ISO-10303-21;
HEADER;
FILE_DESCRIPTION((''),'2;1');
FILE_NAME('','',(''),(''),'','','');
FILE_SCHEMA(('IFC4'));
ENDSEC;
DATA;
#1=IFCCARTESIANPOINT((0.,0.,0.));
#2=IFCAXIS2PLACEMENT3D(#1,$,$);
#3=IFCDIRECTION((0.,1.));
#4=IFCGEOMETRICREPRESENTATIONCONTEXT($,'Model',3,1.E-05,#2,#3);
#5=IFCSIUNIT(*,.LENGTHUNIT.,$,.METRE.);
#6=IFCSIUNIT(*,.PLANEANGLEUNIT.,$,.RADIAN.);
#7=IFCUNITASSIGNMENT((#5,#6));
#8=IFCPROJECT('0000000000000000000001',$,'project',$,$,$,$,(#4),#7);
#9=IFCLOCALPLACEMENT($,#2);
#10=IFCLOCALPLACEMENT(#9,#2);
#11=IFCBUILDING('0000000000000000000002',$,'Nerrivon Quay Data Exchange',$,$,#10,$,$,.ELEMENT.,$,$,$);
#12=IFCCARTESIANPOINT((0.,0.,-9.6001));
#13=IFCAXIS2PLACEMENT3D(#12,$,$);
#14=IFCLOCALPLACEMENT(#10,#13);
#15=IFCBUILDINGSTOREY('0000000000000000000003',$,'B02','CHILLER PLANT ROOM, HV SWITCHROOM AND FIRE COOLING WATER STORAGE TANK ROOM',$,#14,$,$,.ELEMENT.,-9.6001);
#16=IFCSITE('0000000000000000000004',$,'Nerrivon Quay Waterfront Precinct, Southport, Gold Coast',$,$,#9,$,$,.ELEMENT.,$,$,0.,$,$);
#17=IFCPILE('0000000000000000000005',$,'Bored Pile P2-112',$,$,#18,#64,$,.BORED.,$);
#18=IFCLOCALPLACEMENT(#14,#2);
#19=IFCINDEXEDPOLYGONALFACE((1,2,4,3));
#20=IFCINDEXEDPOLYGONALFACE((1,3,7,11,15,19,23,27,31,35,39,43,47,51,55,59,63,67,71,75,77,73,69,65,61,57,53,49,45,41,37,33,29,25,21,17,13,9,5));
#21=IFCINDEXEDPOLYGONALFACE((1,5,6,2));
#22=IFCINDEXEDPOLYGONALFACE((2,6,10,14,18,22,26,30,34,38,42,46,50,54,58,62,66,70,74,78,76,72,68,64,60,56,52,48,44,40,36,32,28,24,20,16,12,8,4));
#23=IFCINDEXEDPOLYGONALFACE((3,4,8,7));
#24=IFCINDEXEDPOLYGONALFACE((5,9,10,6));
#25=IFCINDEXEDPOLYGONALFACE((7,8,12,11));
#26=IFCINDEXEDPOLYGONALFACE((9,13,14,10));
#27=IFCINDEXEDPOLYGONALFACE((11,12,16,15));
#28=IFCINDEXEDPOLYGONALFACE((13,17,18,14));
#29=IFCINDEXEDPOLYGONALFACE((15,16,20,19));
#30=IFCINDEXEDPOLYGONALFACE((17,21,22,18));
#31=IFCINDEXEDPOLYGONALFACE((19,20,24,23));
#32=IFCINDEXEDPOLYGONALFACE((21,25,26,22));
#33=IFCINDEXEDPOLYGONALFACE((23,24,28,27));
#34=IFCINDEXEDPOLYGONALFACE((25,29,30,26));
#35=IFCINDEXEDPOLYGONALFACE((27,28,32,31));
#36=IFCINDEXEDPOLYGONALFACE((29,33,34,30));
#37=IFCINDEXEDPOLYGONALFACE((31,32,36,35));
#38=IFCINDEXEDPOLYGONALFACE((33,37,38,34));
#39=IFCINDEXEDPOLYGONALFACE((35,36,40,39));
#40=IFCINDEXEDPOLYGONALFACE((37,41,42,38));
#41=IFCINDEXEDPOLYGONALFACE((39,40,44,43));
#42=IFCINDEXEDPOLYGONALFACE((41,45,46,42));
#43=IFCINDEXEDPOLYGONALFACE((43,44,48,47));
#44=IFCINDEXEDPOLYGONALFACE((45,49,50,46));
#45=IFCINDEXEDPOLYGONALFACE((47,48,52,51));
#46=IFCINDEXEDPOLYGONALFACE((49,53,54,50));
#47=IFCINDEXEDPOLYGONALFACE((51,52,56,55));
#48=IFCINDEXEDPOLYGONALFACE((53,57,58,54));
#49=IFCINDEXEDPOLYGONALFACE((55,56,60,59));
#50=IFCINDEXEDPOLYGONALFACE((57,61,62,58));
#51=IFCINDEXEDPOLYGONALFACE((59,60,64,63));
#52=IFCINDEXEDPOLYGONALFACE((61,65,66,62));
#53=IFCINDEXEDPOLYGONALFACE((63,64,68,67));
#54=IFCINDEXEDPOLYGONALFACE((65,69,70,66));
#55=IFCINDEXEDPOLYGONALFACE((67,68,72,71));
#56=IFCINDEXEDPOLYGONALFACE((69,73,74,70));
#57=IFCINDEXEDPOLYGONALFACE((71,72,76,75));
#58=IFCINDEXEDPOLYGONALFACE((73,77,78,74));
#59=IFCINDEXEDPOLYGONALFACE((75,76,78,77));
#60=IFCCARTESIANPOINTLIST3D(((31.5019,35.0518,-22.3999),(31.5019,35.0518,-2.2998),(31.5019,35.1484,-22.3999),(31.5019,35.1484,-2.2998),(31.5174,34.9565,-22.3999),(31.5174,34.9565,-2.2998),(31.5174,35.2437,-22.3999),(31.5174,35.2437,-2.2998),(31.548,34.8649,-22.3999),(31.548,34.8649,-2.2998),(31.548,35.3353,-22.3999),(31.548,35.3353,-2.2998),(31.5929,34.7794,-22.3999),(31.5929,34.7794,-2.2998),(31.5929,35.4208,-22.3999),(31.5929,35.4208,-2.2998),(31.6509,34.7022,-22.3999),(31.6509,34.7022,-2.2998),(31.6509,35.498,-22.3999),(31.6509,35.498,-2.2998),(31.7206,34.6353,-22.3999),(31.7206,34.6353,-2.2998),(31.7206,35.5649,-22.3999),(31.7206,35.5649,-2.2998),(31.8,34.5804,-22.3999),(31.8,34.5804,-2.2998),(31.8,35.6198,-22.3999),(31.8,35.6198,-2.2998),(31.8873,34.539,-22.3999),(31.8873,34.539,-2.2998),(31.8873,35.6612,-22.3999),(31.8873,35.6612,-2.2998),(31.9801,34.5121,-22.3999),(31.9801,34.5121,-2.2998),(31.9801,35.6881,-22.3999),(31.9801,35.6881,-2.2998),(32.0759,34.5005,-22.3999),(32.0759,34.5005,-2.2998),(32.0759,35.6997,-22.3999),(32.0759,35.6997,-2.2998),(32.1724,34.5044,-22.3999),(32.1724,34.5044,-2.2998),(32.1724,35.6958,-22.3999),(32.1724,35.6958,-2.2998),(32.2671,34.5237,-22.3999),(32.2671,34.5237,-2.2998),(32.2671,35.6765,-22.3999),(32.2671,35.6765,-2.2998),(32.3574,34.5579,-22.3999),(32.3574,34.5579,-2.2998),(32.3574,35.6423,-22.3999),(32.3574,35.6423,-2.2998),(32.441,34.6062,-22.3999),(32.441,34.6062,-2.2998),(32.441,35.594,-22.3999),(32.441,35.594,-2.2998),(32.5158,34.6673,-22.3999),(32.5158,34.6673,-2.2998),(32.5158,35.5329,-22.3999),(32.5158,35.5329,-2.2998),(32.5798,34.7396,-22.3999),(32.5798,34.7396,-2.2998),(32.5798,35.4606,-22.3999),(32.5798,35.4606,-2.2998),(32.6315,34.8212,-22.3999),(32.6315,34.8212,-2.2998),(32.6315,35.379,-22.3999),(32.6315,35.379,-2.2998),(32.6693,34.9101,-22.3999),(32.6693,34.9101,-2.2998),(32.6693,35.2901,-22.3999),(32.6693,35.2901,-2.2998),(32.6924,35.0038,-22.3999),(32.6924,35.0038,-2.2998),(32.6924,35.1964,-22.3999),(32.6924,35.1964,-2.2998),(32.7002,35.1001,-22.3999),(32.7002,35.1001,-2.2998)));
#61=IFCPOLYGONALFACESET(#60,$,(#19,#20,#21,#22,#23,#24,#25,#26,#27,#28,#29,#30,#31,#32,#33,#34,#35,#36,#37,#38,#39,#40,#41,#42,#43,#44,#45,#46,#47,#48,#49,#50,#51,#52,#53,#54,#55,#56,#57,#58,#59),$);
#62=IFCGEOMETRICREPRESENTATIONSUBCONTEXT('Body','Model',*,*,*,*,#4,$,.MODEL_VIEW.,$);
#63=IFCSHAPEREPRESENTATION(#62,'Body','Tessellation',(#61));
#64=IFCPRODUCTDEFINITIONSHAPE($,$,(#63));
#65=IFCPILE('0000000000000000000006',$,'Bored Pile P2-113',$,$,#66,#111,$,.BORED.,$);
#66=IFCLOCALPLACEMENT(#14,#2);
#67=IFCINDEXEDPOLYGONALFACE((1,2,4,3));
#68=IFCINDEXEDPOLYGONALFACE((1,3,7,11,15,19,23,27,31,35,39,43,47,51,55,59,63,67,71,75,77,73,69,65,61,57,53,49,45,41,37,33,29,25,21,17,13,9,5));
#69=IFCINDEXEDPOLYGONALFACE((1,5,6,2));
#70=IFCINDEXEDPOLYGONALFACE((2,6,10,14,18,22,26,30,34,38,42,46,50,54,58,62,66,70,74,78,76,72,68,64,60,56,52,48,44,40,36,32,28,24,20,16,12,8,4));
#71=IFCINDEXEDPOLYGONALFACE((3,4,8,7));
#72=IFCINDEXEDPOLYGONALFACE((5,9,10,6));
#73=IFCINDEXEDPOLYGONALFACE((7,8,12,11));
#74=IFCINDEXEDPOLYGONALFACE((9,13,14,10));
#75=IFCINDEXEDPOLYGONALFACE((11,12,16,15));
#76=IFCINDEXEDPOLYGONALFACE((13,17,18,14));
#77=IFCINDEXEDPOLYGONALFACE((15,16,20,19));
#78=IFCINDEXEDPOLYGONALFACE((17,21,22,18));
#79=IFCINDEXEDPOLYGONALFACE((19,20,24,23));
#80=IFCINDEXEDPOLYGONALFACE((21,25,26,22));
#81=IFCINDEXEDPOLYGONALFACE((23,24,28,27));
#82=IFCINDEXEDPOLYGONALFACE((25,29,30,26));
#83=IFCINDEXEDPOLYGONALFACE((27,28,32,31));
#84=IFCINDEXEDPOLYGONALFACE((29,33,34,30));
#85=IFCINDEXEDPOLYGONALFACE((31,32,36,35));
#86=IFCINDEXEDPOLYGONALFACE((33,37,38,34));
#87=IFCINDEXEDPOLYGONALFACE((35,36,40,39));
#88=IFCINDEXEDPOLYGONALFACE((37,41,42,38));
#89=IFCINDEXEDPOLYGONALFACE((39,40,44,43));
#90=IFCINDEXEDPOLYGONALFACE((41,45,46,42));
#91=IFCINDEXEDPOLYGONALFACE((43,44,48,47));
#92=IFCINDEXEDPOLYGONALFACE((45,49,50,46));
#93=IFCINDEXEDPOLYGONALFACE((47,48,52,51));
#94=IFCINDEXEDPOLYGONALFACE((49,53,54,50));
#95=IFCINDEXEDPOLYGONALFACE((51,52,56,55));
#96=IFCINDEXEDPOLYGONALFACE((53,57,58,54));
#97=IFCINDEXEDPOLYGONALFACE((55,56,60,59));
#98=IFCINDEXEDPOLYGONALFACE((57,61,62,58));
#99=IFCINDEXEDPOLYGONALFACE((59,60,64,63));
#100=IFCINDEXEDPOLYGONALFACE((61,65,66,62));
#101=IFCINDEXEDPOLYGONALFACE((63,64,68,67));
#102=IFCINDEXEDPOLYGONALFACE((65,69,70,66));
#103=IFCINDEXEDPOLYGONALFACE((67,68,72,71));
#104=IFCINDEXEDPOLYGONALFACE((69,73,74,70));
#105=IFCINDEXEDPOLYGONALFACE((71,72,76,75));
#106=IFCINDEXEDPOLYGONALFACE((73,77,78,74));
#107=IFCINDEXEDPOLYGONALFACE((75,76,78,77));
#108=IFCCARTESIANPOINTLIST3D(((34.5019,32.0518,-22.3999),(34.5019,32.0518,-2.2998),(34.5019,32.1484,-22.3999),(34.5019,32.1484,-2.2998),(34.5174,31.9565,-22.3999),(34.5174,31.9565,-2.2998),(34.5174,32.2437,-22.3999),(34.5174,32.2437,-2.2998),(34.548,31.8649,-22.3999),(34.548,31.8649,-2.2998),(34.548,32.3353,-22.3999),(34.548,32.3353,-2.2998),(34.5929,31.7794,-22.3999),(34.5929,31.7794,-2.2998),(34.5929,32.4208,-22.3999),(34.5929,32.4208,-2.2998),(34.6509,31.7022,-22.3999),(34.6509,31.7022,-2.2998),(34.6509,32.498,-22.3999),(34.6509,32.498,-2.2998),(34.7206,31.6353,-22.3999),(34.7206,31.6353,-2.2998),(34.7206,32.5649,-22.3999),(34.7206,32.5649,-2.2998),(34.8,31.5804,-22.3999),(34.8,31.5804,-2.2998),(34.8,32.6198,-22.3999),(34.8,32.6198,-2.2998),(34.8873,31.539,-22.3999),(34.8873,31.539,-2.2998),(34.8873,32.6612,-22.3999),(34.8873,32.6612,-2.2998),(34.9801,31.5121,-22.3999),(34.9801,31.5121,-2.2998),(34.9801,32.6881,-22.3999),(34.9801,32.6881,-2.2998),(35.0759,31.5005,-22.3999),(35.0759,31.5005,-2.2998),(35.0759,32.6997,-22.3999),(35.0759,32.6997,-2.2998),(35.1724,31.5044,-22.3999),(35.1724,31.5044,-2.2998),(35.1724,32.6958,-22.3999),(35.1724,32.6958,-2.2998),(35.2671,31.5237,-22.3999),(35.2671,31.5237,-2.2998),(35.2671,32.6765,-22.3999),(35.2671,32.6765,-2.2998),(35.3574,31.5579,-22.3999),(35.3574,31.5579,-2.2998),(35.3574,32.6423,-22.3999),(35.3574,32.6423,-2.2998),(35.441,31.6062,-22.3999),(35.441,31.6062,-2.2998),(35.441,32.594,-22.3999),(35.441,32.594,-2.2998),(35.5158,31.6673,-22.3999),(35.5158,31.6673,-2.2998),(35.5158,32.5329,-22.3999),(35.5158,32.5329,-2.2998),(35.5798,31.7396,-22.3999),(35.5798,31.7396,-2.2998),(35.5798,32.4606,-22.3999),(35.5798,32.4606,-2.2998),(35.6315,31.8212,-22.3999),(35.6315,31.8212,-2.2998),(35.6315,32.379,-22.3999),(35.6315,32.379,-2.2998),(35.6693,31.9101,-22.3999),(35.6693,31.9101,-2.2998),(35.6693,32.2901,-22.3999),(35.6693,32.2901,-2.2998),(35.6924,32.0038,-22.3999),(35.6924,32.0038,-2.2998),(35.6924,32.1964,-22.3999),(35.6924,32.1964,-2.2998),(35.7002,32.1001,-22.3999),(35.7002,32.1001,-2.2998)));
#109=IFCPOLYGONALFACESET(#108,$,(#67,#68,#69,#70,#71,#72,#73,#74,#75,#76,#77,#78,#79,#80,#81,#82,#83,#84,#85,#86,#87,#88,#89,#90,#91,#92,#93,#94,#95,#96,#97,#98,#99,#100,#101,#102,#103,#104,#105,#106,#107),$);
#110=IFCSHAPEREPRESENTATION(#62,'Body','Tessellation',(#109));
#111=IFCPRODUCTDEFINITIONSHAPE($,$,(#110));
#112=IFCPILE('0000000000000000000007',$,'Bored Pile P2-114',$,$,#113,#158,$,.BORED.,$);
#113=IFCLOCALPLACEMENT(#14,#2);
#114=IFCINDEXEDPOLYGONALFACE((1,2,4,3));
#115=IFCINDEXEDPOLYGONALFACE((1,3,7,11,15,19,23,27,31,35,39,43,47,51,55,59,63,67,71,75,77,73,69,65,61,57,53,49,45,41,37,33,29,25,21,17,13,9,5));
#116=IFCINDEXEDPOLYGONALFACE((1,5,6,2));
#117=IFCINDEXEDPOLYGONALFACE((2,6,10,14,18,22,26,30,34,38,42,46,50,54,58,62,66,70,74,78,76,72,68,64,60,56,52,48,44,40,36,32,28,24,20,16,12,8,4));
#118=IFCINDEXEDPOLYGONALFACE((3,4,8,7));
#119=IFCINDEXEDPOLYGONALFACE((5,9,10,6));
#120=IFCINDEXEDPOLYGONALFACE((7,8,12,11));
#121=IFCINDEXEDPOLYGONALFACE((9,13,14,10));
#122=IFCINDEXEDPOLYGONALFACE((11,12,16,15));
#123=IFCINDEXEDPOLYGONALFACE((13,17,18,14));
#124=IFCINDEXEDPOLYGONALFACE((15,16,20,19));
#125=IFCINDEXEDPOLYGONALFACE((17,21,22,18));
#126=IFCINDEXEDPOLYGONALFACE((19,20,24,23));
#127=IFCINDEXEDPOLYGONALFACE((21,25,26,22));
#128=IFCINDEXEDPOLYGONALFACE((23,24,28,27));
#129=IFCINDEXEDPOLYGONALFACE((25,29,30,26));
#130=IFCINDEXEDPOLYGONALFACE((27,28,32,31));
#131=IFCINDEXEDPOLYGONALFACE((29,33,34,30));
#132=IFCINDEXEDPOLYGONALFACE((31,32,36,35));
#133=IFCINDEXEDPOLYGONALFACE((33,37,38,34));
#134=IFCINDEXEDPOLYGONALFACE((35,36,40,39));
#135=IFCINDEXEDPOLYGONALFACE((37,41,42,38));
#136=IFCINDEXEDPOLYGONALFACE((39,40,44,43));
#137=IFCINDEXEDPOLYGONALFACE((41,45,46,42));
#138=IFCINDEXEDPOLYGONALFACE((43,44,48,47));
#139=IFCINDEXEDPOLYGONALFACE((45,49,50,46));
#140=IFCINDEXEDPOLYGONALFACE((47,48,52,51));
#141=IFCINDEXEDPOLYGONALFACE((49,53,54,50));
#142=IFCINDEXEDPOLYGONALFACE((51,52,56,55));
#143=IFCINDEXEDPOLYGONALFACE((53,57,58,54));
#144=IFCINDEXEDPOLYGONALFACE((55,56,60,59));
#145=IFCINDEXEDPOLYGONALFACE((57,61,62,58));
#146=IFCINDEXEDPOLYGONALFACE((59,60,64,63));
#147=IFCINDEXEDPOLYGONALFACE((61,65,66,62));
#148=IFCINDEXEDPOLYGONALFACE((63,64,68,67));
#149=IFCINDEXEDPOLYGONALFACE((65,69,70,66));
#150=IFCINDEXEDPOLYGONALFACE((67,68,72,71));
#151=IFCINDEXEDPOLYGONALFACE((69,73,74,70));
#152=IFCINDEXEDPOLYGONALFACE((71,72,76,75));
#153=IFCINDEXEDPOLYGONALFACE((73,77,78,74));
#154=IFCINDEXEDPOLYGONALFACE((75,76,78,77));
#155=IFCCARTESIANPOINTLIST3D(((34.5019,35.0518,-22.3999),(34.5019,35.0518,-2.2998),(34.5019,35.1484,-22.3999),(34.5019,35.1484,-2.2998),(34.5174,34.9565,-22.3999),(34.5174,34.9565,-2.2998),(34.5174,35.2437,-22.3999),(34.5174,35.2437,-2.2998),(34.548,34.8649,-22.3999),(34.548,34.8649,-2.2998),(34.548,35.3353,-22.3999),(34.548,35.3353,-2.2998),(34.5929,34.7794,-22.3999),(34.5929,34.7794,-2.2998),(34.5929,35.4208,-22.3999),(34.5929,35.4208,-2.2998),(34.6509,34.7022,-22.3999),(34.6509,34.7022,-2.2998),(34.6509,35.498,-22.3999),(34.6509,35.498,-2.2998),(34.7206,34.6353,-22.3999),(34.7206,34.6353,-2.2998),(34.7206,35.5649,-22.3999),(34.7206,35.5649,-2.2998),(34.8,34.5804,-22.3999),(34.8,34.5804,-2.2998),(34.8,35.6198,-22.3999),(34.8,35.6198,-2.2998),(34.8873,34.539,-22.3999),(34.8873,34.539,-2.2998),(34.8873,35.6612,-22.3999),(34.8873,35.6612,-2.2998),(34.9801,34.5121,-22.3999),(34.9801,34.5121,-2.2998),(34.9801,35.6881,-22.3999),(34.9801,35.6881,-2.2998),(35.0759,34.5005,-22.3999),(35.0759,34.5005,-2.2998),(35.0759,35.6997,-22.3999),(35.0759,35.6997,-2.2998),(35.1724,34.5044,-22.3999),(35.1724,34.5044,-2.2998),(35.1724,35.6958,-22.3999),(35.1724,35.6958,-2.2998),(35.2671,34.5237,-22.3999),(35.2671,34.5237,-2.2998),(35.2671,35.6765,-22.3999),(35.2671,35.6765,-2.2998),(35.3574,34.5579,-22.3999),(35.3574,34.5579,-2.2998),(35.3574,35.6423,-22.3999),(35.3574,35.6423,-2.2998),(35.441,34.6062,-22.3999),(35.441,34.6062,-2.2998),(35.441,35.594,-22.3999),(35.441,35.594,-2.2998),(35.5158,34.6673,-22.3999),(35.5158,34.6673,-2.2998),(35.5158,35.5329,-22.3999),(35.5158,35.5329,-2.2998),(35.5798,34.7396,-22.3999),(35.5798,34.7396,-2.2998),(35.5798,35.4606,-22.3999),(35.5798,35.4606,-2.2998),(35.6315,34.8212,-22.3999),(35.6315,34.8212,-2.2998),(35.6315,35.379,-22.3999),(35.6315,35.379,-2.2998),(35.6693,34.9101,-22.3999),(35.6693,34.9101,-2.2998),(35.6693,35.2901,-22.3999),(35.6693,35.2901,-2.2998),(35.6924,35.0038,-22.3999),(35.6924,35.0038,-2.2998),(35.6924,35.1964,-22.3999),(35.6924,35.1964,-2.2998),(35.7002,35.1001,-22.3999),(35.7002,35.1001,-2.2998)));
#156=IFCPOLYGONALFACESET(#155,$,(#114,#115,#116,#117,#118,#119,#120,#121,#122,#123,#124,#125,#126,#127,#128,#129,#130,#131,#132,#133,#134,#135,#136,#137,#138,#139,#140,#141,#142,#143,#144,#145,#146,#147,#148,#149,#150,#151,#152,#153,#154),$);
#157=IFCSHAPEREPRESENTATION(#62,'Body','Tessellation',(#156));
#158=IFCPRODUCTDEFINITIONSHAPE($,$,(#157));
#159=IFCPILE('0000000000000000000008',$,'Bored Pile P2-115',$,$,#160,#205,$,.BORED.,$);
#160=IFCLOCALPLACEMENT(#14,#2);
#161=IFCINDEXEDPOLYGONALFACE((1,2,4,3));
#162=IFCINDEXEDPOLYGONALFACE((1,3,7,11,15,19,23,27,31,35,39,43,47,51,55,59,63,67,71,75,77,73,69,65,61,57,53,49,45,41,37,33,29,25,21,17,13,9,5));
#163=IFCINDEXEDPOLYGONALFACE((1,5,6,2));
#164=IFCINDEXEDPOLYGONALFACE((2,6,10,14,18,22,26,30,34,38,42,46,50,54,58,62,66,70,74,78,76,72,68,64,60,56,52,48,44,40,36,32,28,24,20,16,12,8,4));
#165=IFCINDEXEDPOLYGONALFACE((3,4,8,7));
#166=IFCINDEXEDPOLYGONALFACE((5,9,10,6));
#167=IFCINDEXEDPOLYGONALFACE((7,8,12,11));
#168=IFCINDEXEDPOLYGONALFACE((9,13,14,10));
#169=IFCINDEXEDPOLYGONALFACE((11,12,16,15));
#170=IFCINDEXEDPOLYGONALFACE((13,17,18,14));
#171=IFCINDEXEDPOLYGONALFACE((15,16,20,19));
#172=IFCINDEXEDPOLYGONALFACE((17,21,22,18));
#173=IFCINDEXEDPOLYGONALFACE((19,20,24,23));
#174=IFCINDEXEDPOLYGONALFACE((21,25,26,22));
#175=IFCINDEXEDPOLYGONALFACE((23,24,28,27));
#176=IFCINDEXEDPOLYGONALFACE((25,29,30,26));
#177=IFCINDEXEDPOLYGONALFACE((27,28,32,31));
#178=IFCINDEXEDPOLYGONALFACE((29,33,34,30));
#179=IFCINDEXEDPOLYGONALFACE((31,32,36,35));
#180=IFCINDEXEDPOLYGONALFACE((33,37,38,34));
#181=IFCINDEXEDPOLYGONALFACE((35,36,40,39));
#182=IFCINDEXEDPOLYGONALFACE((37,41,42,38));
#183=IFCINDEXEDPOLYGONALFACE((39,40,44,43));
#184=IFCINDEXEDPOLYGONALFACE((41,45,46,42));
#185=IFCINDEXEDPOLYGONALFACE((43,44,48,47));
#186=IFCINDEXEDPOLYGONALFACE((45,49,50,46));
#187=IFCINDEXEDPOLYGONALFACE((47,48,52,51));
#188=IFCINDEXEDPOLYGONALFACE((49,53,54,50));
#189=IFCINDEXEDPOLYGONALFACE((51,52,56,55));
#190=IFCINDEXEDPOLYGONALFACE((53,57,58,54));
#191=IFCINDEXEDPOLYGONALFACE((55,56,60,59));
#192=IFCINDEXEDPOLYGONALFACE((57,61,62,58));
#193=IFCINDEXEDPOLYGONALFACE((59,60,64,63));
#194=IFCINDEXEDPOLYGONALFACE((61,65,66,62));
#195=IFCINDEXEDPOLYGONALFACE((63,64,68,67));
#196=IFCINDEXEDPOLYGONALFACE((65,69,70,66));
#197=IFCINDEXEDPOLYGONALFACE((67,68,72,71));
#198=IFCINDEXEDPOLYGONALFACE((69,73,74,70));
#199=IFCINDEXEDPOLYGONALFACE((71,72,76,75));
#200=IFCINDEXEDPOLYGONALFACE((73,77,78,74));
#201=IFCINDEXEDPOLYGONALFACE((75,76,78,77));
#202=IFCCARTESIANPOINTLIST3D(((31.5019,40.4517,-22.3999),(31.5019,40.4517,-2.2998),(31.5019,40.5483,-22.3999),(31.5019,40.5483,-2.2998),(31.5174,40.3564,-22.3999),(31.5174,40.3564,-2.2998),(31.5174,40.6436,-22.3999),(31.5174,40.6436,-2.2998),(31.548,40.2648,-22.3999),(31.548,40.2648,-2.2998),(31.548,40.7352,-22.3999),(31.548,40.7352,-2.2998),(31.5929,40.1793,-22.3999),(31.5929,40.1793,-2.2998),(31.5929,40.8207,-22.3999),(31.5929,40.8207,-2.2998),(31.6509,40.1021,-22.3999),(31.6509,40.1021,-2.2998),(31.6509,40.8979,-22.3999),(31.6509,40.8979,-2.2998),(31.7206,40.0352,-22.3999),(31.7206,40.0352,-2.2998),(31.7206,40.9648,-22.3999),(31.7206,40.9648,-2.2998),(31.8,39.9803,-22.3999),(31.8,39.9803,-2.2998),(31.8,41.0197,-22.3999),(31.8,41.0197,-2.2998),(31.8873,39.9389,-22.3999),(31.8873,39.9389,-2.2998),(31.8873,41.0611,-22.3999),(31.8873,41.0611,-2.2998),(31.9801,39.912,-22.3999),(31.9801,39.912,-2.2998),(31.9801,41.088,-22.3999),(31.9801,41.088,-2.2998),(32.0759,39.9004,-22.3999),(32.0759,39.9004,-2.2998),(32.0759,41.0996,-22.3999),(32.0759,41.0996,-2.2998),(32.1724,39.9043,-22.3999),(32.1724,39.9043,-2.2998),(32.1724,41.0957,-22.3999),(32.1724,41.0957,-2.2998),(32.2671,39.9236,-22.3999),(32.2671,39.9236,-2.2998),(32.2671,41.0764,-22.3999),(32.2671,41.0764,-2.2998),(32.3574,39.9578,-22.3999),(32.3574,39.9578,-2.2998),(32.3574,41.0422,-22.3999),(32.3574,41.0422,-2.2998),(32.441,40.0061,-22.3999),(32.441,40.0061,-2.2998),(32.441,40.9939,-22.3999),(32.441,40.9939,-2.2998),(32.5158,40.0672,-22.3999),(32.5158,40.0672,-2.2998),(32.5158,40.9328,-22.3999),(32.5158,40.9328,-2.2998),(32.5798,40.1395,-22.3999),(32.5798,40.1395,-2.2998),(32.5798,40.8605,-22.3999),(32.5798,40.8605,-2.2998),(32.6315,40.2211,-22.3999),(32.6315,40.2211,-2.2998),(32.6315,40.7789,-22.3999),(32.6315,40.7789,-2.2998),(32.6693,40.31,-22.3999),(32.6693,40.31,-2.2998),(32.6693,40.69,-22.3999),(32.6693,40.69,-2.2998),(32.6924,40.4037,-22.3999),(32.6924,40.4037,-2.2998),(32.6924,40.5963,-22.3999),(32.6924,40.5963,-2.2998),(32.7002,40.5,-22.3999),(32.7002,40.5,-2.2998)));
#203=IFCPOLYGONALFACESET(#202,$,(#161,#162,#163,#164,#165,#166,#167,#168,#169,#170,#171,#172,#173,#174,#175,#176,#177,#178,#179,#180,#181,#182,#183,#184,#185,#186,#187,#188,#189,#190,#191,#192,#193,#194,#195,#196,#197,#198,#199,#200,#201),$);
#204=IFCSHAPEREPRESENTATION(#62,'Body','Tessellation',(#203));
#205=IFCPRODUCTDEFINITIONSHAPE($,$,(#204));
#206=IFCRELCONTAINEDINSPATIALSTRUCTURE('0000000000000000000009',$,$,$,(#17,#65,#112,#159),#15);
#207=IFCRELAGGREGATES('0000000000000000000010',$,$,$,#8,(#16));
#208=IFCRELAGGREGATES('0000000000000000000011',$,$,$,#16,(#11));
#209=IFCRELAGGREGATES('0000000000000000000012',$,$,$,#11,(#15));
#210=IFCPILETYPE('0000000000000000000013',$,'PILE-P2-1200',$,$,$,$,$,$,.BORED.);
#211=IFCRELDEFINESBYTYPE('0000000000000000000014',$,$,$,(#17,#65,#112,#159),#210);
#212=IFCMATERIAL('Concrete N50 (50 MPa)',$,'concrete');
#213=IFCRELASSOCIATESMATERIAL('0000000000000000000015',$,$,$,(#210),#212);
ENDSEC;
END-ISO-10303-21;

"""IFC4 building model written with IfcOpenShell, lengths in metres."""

from ifc_helpers import new_model, si_unit, direction, frame, origin, origin_2d, place, context, subcontext, project, spatial, circle, extrude, material, material_profile, profile_set, type_object, element, save


model = new_model("IFC4")

# Units and contexts
model_context = context("Model", 3, precision=1e-05, world=origin(), true_north=direction((0.0, 1.0)))
body_context = subcontext(model_context, "Body", "Model", "MODEL_VIEW")
ifc_project = project(units=[si_unit("LENGTHUNIT", "METRE"), si_unit("PLANEANGLEUNIT", "RADIAN")], contexts=[model_context])

# Site, building, storey
site_placement = place(None, origin())
site = spatial("IfcSite", under=ifc_project, at=site_placement, Name="Nerrivon Quay Waterfront Precinct, Southport, Gold Coast", CompositionType="ELEMENT", RefElevation=0.0)
building_placement = place(site_placement, origin())
building = spatial("IfcBuilding", under=site, at=building_placement, Name="Nerrivon Quay Data Exchange", CompositionType="ELEMENT")
storey_placement = place(building_placement, frame((0.0, 0.0, -9.6001)))
storey = spatial("IfcBuildingStorey", under=building, at=storey_placement, Name="B02", Description="CHILLER PLANT ROOM, HV SWITCHROOM AND FIRE COOLING WATER STORAGE TANK ROOM", CompositionType="ELEMENT", Elevation=-9.6001)

# Piles
ifc_material_1 = material(Name="Concrete N50 (50 MPa)", Category="concrete")
ifc_material_profile_1 = material_profile(ifc_material_1, circle(Radius=0.6001, at=origin_2d()), Name="PILE-1200")
ifc_profile_set_1 = profile_set([ifc_material_profile_1], Name="Concrete N50 (50 MPa)")
pile_type = type_object("IfcPileType", Name="PILE-P2-1200", PredefinedType="BORED", material=ifc_profile_set_1)
for number, where, z_axis, x_axis, name in (
    (1, (32.1001, 35.1001, -2.2998), (0.0, 0.0, -1.0), (1.0, 0.0, 0.0), "Bored Pile P2-112"),
    (2, (35.1001, 32.1001, -2.2998), (0.0, 0.0, -1.0), (1.0, 0.0, 0.0), "Bored Pile P2-113"),
    (3, (35.1001, 35.1001, -2.2998), (0.0, 0.0, -1.0), (1.0, 0.0, 0.0), "Bored Pile P2-114"),
    (4, (32.1001, 40.5, -2.2998), (0.0, 0.0, -1.0), (1.0, 0.0, 0.0), "Bored Pile P2-115"),
):
    element("IfcPile", number, at=place(storey_placement, frame(where, z_axis=z_axis, x_axis=x_axis)), inside=storey, type_object=pile_type, Name=name, PredefinedType="BORED", context=body_context, shape_type="SweptSolid", body=[
        extrude(circle(Radius=0.6001, at=origin_2d()), origin(), (0.0, 0.0, 1.0), 20.1001),
    ])

save(model, "model.ifc")
